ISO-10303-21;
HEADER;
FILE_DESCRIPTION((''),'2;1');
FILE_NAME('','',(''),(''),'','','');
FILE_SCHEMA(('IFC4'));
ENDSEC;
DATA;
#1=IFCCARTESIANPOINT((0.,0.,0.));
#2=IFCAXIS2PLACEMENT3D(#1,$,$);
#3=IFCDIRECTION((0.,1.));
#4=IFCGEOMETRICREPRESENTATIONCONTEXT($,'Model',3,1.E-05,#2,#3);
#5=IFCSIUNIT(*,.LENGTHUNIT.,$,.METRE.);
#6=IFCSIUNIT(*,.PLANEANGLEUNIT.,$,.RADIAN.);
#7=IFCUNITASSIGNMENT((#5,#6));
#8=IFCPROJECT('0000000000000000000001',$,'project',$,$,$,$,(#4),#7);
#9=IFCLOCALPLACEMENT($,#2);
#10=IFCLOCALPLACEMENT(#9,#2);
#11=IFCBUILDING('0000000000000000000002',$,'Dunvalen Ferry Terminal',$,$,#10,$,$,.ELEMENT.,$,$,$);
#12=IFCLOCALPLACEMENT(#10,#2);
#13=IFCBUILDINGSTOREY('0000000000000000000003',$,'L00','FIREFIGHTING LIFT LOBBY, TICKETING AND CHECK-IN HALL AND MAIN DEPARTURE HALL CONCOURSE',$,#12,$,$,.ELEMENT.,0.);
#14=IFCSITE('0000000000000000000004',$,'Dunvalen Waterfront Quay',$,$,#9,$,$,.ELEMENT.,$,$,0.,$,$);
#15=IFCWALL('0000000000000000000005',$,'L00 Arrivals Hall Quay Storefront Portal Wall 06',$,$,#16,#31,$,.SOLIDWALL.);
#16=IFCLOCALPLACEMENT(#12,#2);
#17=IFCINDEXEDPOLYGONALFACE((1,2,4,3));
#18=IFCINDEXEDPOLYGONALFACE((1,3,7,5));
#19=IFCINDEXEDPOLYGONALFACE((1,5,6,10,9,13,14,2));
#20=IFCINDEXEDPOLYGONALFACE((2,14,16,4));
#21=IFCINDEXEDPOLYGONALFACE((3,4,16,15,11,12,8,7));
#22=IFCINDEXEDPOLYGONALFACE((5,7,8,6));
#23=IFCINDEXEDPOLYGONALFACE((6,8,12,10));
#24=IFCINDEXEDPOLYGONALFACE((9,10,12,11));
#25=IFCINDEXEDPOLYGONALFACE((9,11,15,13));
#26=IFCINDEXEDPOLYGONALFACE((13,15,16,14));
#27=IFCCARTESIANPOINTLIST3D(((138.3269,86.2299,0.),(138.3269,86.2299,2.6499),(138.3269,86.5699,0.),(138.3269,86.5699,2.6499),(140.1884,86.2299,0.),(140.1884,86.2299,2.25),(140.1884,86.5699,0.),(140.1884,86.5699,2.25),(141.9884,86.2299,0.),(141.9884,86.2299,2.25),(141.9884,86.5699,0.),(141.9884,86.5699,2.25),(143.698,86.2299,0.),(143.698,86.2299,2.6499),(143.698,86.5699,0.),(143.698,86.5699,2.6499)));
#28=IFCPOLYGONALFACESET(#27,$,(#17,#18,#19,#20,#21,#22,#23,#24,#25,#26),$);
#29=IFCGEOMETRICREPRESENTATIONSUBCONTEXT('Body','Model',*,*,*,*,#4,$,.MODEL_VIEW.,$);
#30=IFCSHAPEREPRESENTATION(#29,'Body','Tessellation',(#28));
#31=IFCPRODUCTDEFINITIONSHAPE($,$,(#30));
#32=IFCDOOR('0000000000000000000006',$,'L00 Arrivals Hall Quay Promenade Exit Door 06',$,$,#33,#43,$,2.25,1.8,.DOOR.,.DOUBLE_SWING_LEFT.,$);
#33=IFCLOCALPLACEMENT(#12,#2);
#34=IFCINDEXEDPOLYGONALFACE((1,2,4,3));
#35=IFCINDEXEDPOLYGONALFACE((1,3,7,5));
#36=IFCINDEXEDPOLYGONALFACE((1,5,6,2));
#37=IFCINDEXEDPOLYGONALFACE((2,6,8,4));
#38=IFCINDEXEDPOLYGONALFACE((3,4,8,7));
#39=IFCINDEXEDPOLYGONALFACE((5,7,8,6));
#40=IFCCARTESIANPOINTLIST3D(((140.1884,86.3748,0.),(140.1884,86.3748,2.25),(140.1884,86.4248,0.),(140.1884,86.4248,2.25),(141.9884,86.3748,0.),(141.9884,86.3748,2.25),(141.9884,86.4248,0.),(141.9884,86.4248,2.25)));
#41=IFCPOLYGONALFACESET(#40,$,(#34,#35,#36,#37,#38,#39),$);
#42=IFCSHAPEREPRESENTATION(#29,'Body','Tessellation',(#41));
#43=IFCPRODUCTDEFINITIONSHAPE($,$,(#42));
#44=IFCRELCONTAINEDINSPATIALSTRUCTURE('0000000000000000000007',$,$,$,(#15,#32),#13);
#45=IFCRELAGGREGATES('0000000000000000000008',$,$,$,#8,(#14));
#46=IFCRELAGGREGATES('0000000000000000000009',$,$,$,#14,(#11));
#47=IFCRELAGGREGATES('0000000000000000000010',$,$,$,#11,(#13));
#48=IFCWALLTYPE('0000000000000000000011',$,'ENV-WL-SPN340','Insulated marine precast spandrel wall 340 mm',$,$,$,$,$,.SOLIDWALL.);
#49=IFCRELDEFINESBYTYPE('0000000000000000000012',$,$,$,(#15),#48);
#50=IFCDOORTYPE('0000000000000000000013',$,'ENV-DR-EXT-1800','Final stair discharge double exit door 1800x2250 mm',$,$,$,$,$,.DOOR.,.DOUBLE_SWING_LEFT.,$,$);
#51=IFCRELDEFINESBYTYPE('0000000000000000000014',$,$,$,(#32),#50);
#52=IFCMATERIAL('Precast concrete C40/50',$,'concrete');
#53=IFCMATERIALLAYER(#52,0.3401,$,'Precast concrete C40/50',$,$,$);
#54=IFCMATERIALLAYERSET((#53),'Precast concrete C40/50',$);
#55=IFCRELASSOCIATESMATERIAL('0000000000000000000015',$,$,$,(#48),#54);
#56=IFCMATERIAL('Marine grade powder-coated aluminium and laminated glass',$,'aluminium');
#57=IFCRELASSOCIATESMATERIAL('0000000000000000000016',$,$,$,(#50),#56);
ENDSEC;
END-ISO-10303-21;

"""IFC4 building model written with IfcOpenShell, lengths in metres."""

from ifc_helpers import new_model, si_unit, direction, frame, frame_2d, origin, place, context, subcontext, project, spatial, rectangle, extrude, material, layer, layer_set, type_object, element, fill, save


model = new_model("IFC4")

# Units and contexts
model_context = context("Model", 3, precision=1e-05, world=origin(), true_north=direction((0.0, 1.0)))
body_context = subcontext(model_context, "Body", "Model", "MODEL_VIEW")
ifc_project = project(units=[si_unit("LENGTHUNIT", "METRE"), si_unit("PLANEANGLEUNIT", "RADIAN")], contexts=[model_context])

# Site, building, storey
site_placement = place(None, origin())
site = spatial("IfcSite", under=ifc_project, at=site_placement, Name="Dunvalen Waterfront Quay", CompositionType="ELEMENT", RefElevation=0.0)
building_placement = place(site_placement, origin())
building = spatial("IfcBuilding", under=site, at=building_placement, Name="Dunvalen Ferry Terminal", CompositionType="ELEMENT")
storey_placement = place(building_placement, origin())
storey = spatial("IfcBuildingStorey", under=building, at=storey_placement, Name="L00", Description="FIREFIGHTING LIFT LOBBY, TICKETING AND CHECK-IN HALL AND MAIN DEPARTURE HALL CONCOURSE", CompositionType="ELEMENT", Elevation=0.0)

# Wall, opening, door
ifc_material_1 = material(Name="Precast concrete C40/50", Category="concrete")
ifc_layer_1 = layer(ifc_material_1, 0.3401, Name="Precast concrete C40/50")
ifc_layer_set_1 = layer_set([ifc_layer_1], Name="Precast concrete C40/50")
wall_type = type_object("IfcWallType", Name="ENV-WL-SPN340", Description="Insulated marine precast spandrel wall 340 mm", PredefinedType="SOLIDWALL", material=ifc_layer_set_1)
wall_placement = place(storey_placement, frame((138.3269, 86.3999, 0.0), z_axis=(0.0, 0.0, 1.0), x_axis=(1.0, 0.0, 0.0)))
wall = element("IfcWall", 1, at=wall_placement, inside=storey, type_object=wall_type, Name="L00 Arrivals Hall Quay Storefront Portal Wall 06", PredefinedType="SOLIDWALL", context=body_context, shape_type="SweptSolid", body=[
    extrude(rectangle(XDim=5.3711, YDim=0.3401, at=frame_2d((2.6855, 0.0))), origin(), (0.0, 0.0, 1.0), 2.6499),
])
opening_placement = place(wall_placement, frame((1.8616, 0.0, 0.0)))
opening = element("IfcOpeningElement", 2, at=opening_placement, cuts=wall, PredefinedType="OPENING", context=body_context, shape_type="SweptSolid", body=[
    extrude(rectangle(XDim=1.8, YDim=2.25, at=frame_2d((0.8999, 1.125))), frame((0.0, 0.1802, 0.0), z_axis=(0.0, -1.0, 0.0), x_axis=(1.0, 0.0, 0.0)), (0.0, 0.0, 1.0), 0.3601),
])
ifc_material_2 = material(Name="Marine grade powder-coated aluminium and laminated glass", Category="aluminium")
door_type = type_object("IfcDoorType", Name="ENV-DR-EXT-1800", Description="Final stair discharge double exit door 1800x2250 mm", OperationType="DOUBLE_SWING_LEFT", PredefinedType="DOOR", material=ifc_material_2)
door_placement = place(opening_placement, origin())
door = element("IfcDoor", 3, at=door_placement, inside=storey, type_object=door_type, Name="L00 Arrivals Hall Quay Promenade Exit Door 06", OperationType="DOUBLE_SWING_LEFT", OverallHeight=2.25, OverallWidth=1.8, PredefinedType="DOOR", context=body_context, shape_type="SweptSolid", body=[
    extrude(rectangle(XDim=1.8, YDim=2.25, at=frame_2d((0.8999, 1.125))), frame((0.0, 0.0249, 0.0), z_axis=(0.0, -1.0, 0.0), x_axis=(1.0, 0.0, 0.0)), (0.0, 0.0, 1.0), 0.05),
])
fill(opening, door)

save(model, "model.ifc")
